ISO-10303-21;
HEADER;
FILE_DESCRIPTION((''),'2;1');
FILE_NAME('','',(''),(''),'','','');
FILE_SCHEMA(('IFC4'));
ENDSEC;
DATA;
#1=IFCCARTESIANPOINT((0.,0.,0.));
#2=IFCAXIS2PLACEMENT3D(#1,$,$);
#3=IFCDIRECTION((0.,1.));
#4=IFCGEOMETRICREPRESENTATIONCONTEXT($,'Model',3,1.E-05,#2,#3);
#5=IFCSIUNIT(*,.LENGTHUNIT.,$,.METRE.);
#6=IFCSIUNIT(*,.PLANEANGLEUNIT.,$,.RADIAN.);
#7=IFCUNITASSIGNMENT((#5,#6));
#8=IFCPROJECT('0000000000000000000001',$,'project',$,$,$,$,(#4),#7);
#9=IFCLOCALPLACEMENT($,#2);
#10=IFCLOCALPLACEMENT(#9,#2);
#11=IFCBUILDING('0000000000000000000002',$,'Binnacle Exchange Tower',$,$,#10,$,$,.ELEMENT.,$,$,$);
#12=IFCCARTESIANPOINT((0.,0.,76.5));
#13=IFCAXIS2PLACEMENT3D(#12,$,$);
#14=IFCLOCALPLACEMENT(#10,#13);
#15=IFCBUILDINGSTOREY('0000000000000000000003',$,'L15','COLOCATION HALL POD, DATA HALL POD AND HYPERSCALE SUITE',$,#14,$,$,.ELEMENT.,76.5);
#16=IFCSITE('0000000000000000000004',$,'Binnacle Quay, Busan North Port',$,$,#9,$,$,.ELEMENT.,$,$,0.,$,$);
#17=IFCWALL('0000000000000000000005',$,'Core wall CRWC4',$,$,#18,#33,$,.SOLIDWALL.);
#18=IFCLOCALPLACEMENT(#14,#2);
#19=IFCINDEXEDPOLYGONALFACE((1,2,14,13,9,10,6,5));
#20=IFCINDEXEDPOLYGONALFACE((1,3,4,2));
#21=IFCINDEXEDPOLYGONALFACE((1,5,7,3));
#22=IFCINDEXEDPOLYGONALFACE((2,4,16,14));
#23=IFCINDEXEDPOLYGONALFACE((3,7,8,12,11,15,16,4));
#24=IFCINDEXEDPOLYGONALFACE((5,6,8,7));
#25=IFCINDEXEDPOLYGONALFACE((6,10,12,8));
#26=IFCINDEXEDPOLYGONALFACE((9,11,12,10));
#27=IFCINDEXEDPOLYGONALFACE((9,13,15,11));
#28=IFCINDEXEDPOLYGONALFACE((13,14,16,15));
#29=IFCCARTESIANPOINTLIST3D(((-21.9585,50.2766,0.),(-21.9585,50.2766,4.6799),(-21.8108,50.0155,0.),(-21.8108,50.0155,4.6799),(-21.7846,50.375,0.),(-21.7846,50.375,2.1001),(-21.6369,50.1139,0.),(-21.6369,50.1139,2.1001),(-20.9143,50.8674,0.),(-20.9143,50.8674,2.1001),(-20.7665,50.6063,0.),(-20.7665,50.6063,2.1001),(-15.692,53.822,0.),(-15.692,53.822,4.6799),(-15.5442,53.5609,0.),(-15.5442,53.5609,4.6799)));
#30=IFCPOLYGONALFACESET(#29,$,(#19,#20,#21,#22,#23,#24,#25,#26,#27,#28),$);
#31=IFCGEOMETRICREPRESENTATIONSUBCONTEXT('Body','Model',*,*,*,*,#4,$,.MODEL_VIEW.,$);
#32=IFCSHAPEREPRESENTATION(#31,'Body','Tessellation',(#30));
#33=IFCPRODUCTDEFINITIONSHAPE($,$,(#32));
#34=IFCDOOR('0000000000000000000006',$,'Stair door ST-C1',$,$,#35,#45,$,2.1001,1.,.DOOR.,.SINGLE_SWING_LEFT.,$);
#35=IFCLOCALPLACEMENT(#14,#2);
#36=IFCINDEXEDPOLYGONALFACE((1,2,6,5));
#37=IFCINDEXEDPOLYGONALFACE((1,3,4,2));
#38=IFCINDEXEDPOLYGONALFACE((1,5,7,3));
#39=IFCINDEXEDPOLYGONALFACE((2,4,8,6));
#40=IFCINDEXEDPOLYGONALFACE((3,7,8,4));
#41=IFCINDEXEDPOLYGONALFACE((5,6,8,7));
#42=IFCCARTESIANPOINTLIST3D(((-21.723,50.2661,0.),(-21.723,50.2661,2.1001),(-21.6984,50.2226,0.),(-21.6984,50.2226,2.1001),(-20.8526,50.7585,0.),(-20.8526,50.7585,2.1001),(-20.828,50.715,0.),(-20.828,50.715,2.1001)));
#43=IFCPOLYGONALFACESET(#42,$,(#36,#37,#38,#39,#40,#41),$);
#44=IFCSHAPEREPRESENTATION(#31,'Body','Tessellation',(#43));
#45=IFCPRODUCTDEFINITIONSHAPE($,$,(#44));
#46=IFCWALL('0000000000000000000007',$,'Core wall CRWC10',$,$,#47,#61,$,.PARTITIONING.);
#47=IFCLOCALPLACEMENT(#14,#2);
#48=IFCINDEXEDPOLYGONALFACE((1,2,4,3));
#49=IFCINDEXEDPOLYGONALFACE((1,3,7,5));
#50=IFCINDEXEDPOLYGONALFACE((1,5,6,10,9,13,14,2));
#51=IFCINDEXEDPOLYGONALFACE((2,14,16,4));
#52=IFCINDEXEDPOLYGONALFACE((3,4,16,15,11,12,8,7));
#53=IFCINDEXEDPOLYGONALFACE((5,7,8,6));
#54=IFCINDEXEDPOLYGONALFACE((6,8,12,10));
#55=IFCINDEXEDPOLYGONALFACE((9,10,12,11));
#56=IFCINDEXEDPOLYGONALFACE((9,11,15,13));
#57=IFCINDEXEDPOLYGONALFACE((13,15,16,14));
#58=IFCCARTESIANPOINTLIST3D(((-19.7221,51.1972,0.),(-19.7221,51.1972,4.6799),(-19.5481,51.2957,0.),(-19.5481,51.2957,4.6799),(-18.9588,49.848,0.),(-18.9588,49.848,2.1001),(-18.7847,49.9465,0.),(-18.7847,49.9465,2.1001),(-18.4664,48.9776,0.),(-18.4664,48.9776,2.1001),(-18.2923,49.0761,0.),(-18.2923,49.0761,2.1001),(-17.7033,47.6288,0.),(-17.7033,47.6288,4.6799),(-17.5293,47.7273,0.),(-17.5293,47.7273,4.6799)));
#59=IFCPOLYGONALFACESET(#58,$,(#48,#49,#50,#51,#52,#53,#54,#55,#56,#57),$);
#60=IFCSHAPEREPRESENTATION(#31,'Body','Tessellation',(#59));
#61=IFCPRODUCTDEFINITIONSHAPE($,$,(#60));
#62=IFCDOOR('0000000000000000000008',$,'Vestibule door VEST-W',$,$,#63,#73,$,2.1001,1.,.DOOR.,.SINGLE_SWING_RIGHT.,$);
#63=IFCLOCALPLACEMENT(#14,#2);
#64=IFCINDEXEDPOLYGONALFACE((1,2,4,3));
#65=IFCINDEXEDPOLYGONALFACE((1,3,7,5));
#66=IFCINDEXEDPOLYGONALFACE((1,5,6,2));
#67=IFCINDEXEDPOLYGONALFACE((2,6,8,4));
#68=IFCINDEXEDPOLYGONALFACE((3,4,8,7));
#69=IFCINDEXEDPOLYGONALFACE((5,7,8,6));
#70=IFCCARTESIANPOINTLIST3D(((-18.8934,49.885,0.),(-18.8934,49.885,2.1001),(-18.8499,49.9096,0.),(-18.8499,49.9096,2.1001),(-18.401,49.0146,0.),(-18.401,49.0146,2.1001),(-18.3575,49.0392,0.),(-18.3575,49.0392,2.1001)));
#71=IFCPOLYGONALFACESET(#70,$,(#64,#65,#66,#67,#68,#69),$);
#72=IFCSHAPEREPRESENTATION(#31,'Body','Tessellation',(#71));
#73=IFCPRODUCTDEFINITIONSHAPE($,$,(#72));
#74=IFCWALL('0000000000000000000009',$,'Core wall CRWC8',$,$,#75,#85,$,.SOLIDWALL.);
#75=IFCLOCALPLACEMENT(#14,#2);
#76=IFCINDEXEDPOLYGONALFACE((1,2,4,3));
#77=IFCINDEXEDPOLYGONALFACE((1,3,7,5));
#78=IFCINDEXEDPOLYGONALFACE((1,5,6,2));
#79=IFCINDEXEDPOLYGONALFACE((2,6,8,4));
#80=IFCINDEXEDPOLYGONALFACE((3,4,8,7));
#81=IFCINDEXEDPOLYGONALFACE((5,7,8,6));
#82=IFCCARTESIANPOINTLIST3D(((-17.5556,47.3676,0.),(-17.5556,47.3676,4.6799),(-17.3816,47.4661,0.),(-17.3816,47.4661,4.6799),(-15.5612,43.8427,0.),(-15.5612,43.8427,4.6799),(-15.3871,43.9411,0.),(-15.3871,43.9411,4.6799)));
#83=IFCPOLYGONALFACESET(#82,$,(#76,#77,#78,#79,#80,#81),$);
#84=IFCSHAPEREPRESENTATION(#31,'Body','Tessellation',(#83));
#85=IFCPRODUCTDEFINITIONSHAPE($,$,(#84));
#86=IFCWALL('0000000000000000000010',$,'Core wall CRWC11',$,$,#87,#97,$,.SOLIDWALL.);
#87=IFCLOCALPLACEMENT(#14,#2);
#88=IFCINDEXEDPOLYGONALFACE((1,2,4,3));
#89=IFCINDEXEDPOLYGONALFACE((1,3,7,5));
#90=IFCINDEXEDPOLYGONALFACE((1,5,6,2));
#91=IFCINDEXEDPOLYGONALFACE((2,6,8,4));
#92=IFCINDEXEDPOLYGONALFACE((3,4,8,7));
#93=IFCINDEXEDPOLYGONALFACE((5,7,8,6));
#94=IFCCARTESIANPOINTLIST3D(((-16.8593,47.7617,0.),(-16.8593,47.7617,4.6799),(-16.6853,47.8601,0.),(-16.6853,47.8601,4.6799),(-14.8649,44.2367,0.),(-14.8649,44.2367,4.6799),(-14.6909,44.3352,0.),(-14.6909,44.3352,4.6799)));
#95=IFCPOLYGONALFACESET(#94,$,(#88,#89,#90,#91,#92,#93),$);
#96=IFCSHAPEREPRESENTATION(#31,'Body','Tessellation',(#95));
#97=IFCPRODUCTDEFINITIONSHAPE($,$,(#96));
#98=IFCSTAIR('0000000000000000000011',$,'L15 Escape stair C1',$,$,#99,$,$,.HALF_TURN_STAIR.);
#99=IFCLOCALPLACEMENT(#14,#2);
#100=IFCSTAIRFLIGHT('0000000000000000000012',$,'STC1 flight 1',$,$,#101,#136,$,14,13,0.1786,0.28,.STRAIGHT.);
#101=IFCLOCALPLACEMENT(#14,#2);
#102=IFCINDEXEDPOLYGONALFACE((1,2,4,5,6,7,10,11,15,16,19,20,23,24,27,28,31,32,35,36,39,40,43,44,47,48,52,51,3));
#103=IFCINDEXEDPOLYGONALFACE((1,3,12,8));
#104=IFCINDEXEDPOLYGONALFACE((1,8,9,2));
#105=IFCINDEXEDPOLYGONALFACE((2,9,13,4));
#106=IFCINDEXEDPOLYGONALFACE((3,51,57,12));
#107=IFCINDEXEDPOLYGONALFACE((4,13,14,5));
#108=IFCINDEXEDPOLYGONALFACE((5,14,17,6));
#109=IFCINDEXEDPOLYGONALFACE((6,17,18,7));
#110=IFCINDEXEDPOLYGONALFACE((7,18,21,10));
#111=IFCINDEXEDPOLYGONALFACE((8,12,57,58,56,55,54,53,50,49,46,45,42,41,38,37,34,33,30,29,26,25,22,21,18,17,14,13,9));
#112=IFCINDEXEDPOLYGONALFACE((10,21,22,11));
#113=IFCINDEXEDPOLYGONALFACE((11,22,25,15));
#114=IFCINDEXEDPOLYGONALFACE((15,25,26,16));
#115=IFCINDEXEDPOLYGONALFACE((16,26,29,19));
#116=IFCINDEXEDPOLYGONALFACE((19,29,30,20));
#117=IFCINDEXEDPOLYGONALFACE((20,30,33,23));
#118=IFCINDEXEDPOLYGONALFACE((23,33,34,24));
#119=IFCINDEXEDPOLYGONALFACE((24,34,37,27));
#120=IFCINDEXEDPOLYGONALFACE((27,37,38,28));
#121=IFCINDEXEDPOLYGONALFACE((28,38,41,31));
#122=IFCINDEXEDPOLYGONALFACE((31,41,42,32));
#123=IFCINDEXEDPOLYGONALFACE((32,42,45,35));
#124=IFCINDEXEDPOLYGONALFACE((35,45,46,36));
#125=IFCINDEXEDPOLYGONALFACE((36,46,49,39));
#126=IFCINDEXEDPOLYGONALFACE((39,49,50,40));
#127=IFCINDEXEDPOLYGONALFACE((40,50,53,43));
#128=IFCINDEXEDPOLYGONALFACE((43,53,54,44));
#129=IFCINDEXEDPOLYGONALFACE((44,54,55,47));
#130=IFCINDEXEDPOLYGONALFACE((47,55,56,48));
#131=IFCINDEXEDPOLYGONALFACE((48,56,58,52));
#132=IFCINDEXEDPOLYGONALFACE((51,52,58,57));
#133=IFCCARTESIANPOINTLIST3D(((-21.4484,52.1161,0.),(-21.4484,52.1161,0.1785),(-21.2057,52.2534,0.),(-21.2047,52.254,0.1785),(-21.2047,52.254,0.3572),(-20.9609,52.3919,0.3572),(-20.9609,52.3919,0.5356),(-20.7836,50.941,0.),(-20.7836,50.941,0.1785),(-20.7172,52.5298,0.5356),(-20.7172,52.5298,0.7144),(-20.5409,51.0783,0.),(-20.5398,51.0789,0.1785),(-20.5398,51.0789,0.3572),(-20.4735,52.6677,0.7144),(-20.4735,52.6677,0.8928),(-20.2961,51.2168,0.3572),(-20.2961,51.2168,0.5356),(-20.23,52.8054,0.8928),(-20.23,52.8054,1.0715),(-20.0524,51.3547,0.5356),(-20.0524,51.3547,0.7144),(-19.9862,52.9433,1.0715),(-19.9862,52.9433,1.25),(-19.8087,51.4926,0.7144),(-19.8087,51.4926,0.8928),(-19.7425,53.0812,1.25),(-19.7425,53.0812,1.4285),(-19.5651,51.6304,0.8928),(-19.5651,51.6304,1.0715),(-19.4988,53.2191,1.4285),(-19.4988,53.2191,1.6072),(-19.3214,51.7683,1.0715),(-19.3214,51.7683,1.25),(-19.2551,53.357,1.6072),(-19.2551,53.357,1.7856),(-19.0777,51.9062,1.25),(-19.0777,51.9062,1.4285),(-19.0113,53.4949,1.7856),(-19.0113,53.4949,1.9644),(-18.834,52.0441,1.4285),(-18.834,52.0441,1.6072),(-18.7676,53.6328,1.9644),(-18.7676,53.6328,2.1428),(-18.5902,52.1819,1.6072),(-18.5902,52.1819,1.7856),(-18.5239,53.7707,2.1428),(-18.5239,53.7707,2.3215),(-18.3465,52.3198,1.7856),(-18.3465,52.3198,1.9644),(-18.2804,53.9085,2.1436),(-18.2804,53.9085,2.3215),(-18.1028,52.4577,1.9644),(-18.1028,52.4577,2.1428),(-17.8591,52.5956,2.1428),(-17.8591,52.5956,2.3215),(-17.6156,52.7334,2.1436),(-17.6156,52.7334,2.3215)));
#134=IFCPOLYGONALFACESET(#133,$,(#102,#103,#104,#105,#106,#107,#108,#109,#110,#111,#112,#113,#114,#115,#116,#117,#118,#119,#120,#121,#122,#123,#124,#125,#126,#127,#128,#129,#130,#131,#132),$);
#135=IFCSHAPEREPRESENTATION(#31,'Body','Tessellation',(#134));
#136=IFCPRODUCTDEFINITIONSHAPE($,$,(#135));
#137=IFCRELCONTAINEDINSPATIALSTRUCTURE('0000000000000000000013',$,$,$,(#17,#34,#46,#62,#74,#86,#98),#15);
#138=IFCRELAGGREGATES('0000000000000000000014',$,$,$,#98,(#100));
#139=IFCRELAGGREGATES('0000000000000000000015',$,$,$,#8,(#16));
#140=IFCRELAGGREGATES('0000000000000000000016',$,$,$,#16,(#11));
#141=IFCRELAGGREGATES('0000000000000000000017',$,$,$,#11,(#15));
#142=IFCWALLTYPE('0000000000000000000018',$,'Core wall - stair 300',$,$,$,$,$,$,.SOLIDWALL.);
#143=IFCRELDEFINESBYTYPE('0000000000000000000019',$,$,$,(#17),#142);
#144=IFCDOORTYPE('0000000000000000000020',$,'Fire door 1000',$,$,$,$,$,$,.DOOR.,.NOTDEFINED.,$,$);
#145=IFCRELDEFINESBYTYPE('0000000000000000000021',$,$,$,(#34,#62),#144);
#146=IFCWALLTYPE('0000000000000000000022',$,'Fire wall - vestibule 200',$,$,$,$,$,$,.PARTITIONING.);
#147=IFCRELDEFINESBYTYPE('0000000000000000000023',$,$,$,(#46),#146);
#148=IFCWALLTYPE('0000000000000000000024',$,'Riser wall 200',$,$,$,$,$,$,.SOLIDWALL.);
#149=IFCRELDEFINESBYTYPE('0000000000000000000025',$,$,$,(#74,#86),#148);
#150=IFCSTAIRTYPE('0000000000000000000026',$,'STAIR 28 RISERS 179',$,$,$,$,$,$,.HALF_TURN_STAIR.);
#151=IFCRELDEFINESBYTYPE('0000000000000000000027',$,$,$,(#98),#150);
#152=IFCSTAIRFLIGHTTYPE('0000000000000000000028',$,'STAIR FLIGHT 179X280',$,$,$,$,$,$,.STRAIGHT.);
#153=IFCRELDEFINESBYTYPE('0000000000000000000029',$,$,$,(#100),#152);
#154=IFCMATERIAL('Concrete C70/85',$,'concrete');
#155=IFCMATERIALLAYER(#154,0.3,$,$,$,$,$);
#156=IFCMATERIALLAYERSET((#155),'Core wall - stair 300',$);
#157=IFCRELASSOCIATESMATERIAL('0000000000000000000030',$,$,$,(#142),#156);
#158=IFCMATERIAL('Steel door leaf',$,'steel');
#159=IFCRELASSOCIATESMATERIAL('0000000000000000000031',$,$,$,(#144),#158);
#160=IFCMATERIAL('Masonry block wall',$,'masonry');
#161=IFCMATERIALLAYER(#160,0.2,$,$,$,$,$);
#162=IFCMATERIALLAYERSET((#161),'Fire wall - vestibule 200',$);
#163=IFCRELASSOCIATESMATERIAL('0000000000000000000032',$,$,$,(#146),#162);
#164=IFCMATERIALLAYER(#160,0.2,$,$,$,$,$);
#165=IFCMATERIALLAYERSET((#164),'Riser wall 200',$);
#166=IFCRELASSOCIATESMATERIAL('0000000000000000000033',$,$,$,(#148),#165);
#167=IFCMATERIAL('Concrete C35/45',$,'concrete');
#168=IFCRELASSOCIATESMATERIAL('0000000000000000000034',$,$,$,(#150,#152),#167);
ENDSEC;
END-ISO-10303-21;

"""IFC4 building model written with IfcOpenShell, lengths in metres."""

from ifc_helpers import new_model, si_unit, direction, frame, frame_2d, origin, place, context, subcontext, project, spatial, polyline, rectangle, outline, extrude, material, layer, layer_set, type_object, element, fill, aggregate, save


model = new_model("IFC4")

# Units and contexts
model_context = context("Model", 3, precision=1e-05, world=origin(), true_north=direction((0.0, 1.0)))
body_context = subcontext(model_context, "Body", "Model", "MODEL_VIEW")
ifc_project = project(units=[si_unit("LENGTHUNIT", "METRE"), si_unit("PLANEANGLEUNIT", "RADIAN")], contexts=[model_context])

# Site, building, storey
site_placement = place(None, origin())
site = spatial("IfcSite", under=ifc_project, at=site_placement, Name="Binnacle Quay, Busan North Port", CompositionType="ELEMENT", RefElevation=0.0)
building_placement = place(site_placement, origin())
building = spatial("IfcBuilding", under=site, at=building_placement, Name="Binnacle Exchange Tower", CompositionType="ELEMENT")
storey_placement = place(building_placement, frame((0.0, 0.0, 76.5)))
storey = spatial("IfcBuildingStorey", under=building, at=storey_placement, Name="L15", Description="COLOCATION HALL POD, DATA HALL POD AND HYPERSCALE SUITE", CompositionType="ELEMENT", Elevation=76.5)

# Shared definitions
ifc_material_1 = material(Name="Concrete C70/85", Category="concrete")

# Shared definitions
ifc_material_2 = material(Name="Steel door leaf", Category="steel")

# Walls, openings, doors
ifc_layer_1 = layer(ifc_material_1, 0.3)
ifc_layer_set_1 = layer_set([ifc_layer_1], Name="Core wall - stair 300")
wall_type_1 = type_object("IfcWallType", Name="Core wall - stair 300", PredefinedType="SOLIDWALL", material=ifc_layer_set_1)
wall_1_placement = place(storey_placement, frame((-21.8848, 50.146, 0.0), z_axis=(0.0, 0.0, 1.0), x_axis=(0.870359, 0.492417, 0.0)))
wall_1 = element("IfcWall", 1, at=wall_1_placement, inside=storey, type_object=wall_type_1, Name="Core wall CRWC4", PredefinedType="SOLIDWALL", context=body_context, shape_type="SweptSolid", body=[
    extrude(rectangle(XDim=7.2, YDim=0.3, at=frame_2d((3.6001, 0.0))), origin(), (0.0, 0.0, 1.0), 4.6799),
])
opening_1_placement = place(wall_1_placement, frame((0.2, 0.0, 0.0)))
opening_1 = element("IfcOpeningElement", 2, at=opening_1_placement, cuts=wall_1, PredefinedType="OPENING", context=body_context, shape_type="SweptSolid", body=[
    extrude(rectangle(XDim=1.0, YDim=2.1001, at=frame_2d((0.5, 1.05))), frame((0.0, 0.1599, 0.0), z_axis=(0.0, -1.0, 0.0), x_axis=(1.0, 0.0, 0.0)), (0.0, 0.0, 1.0), 0.3201),
])
door_type_1 = type_object("IfcDoorType", Name="Fire door 1000", OperationType="NOTDEFINED", PredefinedType="DOOR", material=ifc_material_2)
door_1_placement = place(opening_1_placement, origin())
door_1 = element("IfcDoor", 3, at=door_1_placement, inside=storey, type_object=door_type_1, Name="Stair door ST-C1", OperationType="SINGLE_SWING_LEFT", OverallHeight=2.1001, OverallWidth=1.0, PredefinedType="DOOR", context=body_context, shape_type="SweptSolid", body=[
    extrude(rectangle(XDim=1.0, YDim=2.1001, at=frame_2d((0.5, 1.05))), frame((0.0, 0.0249, 0.0), z_axis=(0.0, -1.0, 0.0), x_axis=(1.0, 0.0, 0.0)), (0.0, 0.0, 1.0), 0.05),
])
fill(opening_1, door_1)
ifc_material_3 = material(Name="Masonry block wall", Category="masonry")
ifc_layer_2 = layer(ifc_material_3, 0.2)
ifc_layer_set_2 = layer_set([ifc_layer_2], Name="Fire wall - vestibule 200")
wall_type_2 = type_object("IfcWallType", Name="Fire wall - vestibule 200", PredefinedType="PARTITIONING", material=ifc_layer_set_2)
wall_2_placement = place(storey_placement, frame((-19.635, 51.2463, 0.0), z_axis=(0.0, 0.0, 1.0), x_axis=(0.492408, -0.870364, 0.0)))
wall_2 = element("IfcWall", 4, at=wall_2_placement, inside=storey, type_object=wall_type_2, Name="Core wall CRWC10", PredefinedType="PARTITIONING", context=body_context, shape_type="SweptSolid", body=[
    extrude(rectangle(XDim=4.0999, YDim=0.2, at=frame_2d((2.0498, 0.0))), origin(), (0.0, 0.0, 1.0), 4.6799),
])
opening_2_placement = place(wall_2_placement, frame((1.55, 0.0, 0.0)))
opening_2 = element("IfcOpeningElement", 5, at=opening_2_placement, cuts=wall_2, PredefinedType="OPENING", context=body_context, shape_type="SweptSolid", body=[
    extrude(rectangle(XDim=1.0, YDim=2.1001, at=frame_2d((0.5, 1.05))), frame((0.0, 0.1099, 0.0), z_axis=(0.0, -1.0, 0.0), x_axis=(1.0, 0.0, 0.0)), (0.0, 0.0, 1.0), 0.22),
])
door_2_placement = place(opening_2_placement, frame((1.0, 0.0, 0.0), z_axis=(0.0, 0.0, 1.0), x_axis=(-1.0, 0.0, 0.0)))
door_2 = element("IfcDoor", 6, at=door_2_placement, inside=storey, type_object=door_type_1, Name="Vestibule door VEST-W", OperationType="SINGLE_SWING_RIGHT", OverallHeight=2.1001, OverallWidth=1.0, PredefinedType="DOOR", context=body_context, shape_type="SweptSolid", body=[
    extrude(rectangle(XDim=1.0, YDim=2.1001, at=frame_2d((0.5, 1.05))), frame((0.0, 0.0249, 0.0), z_axis=(0.0, -1.0, 0.0), x_axis=(1.0, 0.0, 0.0)), (0.0, 0.0, 1.0), 0.05),
])
fill(opening_2, door_2)

# Walls
ifc_layer_3 = layer(ifc_material_3, 0.2)
ifc_layer_set_3 = layer_set([ifc_layer_3], Name="Riser wall 200")
wall_type_3 = type_object("IfcWallType", Name="Riser wall 200", PredefinedType="SOLIDWALL", material=ifc_layer_set_3)
for number, where, z_axis, x_axis, name in (
    (7, (-17.4685, 47.4167, 0.0), (0.0, 0.0, 1.0), (0.492441, -0.870346, 0.0), "Core wall CRWC8"),
    (8, (-16.7722, 47.8108, 0.0), (0.0, 0.0, 1.0), (0.492441, -0.870346, 0.0), "Core wall CRWC11"),
):
    element("IfcWall", number, at=place(storey_placement, frame(where, z_axis=z_axis, x_axis=x_axis)), inside=storey, type_object=wall_type_3, Name=name, PredefinedType="SOLIDWALL", context=body_context, shape_type="SweptSolid", body=[
        extrude(rectangle(XDim=4.05, YDim=0.2, at=frame_2d((2.0249, 0.0))), origin(), (0.0, 0.0, 1.0), 4.6799),
    ])

# Stair, stair flight
ifc_material_4 = material(Name="Concrete C35/45", Category="concrete")
stair_type = type_object("IfcStairType", Name="STAIR 28 RISERS 179", PredefinedType="HALF_TURN_STAIR", material=ifc_material_4)
stair_placement = place(storey_placement, origin())
stair = element("IfcStair", 9, at=stair_placement, inside=storey, type_object=stair_type, Name="L15 Escape stair C1", PredefinedType="HALF_TURN_STAIR")
stair_flight_type = type_object("IfcStairFlightType", Name="STAIR FLIGHT 179X280", PredefinedType="STRAIGHT", material=ifc_material_4)
stair_flight_placement = place(storey_placement, frame((-21.116, 51.5286, 0.0), z_axis=(0.0, 0.0, 1.0), x_axis=(0.870356, 0.492424, 0.0)))
stair_flight = element("IfcStairFlight", 10, at=stair_flight_placement, type_object=stair_flight_type, Name="STC1 flight 1", NumberOfRisers=14, NumberOfTreads=13, PredefinedType="STRAIGHT", RiserHeight=0.1786, TreadLength=0.28, context=body_context, shape_type="SweptSolid", body=[
    extrude(outline(polyline([(0.0, 0.0), (0.0, 0.1785), (0.28, 0.1785), (0.28, 0.3572), (0.5601, 0.3572), (0.5601, 0.5356), (0.8401, 0.5356), (0.8401, 0.7144), (1.1201, 0.7144), (1.1201, 0.8928), (1.3999, 0.8928), (1.3999, 1.0715), (1.6799, 1.0715), (1.6799, 1.25), (1.96, 1.25), (1.96, 1.4285), (2.24, 1.4285), (2.24, 1.6072), (2.52, 1.6072), (2.52, 1.7856), (2.8, 1.7856), (2.8, 1.9644), (3.0801, 1.9644), (3.0801, 2.1428), (3.3601, 2.1428), (3.3601, 2.3215), (3.6399, 2.3215), (3.6399, 2.5), (3.6399, 2.1436), (0.2788, 0.0), (0.0, 0.0)])), frame((0.0, 0.675, 0.0), z_axis=(0.0, -1.0, 0.0), x_axis=(1.0, 0.0, 0.0)), (0.0, 0.0, 1.0), 1.3501),
])
aggregate(stair, [stair_flight])

save(model, "model.ifc")
